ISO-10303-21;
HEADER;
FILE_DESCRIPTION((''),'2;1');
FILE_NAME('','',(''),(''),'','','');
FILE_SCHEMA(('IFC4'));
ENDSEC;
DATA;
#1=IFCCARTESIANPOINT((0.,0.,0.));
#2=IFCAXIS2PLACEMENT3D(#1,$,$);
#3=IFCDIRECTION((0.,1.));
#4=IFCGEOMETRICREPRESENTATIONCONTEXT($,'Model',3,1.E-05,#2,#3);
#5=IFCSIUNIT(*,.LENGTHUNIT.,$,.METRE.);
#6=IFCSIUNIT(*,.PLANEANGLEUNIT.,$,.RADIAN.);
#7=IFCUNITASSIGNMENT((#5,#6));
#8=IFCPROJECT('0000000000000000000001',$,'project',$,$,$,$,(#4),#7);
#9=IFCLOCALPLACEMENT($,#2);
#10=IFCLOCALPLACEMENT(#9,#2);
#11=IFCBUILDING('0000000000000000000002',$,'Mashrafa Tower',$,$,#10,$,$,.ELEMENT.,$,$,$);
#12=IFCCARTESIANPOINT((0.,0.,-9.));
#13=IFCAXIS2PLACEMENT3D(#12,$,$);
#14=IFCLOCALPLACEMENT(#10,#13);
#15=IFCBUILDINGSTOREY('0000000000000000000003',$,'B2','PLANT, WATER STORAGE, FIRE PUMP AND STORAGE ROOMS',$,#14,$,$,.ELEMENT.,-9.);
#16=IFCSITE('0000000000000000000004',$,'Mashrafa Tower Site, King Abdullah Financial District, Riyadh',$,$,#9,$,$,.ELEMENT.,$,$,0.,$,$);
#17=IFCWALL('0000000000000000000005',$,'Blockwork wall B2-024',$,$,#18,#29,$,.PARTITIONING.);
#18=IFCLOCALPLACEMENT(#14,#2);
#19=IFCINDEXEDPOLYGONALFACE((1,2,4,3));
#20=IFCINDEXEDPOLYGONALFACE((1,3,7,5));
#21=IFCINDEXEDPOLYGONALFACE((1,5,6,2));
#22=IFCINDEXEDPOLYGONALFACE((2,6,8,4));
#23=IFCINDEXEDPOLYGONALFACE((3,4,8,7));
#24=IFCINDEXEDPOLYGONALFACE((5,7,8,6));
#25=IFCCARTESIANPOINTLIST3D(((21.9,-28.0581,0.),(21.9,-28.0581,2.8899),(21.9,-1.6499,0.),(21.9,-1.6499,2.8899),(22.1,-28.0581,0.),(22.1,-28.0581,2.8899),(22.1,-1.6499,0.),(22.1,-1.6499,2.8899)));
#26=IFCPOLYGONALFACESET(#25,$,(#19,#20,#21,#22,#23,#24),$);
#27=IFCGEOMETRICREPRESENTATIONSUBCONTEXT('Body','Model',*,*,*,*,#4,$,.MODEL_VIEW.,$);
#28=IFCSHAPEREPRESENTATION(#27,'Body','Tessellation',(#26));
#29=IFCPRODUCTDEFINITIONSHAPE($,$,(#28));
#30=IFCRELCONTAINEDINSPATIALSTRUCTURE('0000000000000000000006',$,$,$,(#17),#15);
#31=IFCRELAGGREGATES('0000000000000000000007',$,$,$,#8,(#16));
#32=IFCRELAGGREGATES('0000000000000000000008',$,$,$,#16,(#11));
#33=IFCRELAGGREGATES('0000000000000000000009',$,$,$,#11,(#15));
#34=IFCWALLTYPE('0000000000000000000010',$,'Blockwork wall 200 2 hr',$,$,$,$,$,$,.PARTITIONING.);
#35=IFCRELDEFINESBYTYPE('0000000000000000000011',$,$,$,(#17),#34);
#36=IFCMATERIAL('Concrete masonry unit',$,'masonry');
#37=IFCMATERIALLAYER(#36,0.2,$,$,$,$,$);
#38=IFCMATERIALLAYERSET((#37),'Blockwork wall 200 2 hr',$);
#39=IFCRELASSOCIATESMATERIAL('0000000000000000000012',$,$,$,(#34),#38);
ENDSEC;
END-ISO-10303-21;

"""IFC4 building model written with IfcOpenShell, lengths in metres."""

from ifc_helpers import new_model, si_unit, direction, frame, frame_2d, origin, place, context, subcontext, project, spatial, rectangle, extrude, material, layer, layer_set, type_object, element, save


model = new_model("IFC4")

# Units and contexts
model_context = context("Model", 3, precision=1e-05, world=origin(), true_north=direction((0.0, 1.0)))
body_context = subcontext(model_context, "Body", "Model", "MODEL_VIEW")
ifc_project = project(units=[si_unit("LENGTHUNIT", "METRE"), si_unit("PLANEANGLEUNIT", "RADIAN")], contexts=[model_context])

# Site, building, storey
site_placement = place(None, origin())
site = spatial("IfcSite", under=ifc_project, at=site_placement, Name="Mashrafa Tower Site, King Abdullah Financial District, Riyadh", CompositionType="ELEMENT", RefElevation=0.0)
building_placement = place(site_placement, origin())
building = spatial("IfcBuilding", under=site, at=building_placement, Name="Mashrafa Tower", CompositionType="ELEMENT")
storey_placement = place(building_placement, frame((0.0, 0.0, -9.0)))
storey = spatial("IfcBuildingStorey", under=building, at=storey_placement, Name="B2", Description="PLANT, WATER STORAGE, FIRE PUMP AND STORAGE ROOMS", CompositionType="ELEMENT", Elevation=-9.0)

# Wall
ifc_material_1 = material(Name="Concrete masonry unit", Category="masonry")
ifc_layer_1 = layer(ifc_material_1, 0.2)
ifc_layer_set_1 = layer_set([ifc_layer_1], Name="Blockwork wall 200 2 hr")
wall_type_1 = type_object("IfcWallType", Name="Blockwork wall 200 2 hr", PredefinedType="PARTITIONING", material=ifc_layer_set_1)
wall_1_placement = place(storey_placement, frame((22.0, -28.0581, 0.0), z_axis=(0.0, 0.0, 1.0), x_axis=(0.0, 1.0, 0.0)))
element("IfcWall", 1, at=wall_1_placement, inside=storey, type_object=wall_type_1, Name="Blockwork wall B2-024", PredefinedType="PARTITIONING", context=body_context, shape_type="SweptSolid", body=[
    extrude(rectangle(XDim=26.4082, YDim=0.2, at=frame_2d((13.2041, 0.0))), origin(), (0.0, 0.0, 1.0), 2.8899),
])

save(model, "model.ifc")
